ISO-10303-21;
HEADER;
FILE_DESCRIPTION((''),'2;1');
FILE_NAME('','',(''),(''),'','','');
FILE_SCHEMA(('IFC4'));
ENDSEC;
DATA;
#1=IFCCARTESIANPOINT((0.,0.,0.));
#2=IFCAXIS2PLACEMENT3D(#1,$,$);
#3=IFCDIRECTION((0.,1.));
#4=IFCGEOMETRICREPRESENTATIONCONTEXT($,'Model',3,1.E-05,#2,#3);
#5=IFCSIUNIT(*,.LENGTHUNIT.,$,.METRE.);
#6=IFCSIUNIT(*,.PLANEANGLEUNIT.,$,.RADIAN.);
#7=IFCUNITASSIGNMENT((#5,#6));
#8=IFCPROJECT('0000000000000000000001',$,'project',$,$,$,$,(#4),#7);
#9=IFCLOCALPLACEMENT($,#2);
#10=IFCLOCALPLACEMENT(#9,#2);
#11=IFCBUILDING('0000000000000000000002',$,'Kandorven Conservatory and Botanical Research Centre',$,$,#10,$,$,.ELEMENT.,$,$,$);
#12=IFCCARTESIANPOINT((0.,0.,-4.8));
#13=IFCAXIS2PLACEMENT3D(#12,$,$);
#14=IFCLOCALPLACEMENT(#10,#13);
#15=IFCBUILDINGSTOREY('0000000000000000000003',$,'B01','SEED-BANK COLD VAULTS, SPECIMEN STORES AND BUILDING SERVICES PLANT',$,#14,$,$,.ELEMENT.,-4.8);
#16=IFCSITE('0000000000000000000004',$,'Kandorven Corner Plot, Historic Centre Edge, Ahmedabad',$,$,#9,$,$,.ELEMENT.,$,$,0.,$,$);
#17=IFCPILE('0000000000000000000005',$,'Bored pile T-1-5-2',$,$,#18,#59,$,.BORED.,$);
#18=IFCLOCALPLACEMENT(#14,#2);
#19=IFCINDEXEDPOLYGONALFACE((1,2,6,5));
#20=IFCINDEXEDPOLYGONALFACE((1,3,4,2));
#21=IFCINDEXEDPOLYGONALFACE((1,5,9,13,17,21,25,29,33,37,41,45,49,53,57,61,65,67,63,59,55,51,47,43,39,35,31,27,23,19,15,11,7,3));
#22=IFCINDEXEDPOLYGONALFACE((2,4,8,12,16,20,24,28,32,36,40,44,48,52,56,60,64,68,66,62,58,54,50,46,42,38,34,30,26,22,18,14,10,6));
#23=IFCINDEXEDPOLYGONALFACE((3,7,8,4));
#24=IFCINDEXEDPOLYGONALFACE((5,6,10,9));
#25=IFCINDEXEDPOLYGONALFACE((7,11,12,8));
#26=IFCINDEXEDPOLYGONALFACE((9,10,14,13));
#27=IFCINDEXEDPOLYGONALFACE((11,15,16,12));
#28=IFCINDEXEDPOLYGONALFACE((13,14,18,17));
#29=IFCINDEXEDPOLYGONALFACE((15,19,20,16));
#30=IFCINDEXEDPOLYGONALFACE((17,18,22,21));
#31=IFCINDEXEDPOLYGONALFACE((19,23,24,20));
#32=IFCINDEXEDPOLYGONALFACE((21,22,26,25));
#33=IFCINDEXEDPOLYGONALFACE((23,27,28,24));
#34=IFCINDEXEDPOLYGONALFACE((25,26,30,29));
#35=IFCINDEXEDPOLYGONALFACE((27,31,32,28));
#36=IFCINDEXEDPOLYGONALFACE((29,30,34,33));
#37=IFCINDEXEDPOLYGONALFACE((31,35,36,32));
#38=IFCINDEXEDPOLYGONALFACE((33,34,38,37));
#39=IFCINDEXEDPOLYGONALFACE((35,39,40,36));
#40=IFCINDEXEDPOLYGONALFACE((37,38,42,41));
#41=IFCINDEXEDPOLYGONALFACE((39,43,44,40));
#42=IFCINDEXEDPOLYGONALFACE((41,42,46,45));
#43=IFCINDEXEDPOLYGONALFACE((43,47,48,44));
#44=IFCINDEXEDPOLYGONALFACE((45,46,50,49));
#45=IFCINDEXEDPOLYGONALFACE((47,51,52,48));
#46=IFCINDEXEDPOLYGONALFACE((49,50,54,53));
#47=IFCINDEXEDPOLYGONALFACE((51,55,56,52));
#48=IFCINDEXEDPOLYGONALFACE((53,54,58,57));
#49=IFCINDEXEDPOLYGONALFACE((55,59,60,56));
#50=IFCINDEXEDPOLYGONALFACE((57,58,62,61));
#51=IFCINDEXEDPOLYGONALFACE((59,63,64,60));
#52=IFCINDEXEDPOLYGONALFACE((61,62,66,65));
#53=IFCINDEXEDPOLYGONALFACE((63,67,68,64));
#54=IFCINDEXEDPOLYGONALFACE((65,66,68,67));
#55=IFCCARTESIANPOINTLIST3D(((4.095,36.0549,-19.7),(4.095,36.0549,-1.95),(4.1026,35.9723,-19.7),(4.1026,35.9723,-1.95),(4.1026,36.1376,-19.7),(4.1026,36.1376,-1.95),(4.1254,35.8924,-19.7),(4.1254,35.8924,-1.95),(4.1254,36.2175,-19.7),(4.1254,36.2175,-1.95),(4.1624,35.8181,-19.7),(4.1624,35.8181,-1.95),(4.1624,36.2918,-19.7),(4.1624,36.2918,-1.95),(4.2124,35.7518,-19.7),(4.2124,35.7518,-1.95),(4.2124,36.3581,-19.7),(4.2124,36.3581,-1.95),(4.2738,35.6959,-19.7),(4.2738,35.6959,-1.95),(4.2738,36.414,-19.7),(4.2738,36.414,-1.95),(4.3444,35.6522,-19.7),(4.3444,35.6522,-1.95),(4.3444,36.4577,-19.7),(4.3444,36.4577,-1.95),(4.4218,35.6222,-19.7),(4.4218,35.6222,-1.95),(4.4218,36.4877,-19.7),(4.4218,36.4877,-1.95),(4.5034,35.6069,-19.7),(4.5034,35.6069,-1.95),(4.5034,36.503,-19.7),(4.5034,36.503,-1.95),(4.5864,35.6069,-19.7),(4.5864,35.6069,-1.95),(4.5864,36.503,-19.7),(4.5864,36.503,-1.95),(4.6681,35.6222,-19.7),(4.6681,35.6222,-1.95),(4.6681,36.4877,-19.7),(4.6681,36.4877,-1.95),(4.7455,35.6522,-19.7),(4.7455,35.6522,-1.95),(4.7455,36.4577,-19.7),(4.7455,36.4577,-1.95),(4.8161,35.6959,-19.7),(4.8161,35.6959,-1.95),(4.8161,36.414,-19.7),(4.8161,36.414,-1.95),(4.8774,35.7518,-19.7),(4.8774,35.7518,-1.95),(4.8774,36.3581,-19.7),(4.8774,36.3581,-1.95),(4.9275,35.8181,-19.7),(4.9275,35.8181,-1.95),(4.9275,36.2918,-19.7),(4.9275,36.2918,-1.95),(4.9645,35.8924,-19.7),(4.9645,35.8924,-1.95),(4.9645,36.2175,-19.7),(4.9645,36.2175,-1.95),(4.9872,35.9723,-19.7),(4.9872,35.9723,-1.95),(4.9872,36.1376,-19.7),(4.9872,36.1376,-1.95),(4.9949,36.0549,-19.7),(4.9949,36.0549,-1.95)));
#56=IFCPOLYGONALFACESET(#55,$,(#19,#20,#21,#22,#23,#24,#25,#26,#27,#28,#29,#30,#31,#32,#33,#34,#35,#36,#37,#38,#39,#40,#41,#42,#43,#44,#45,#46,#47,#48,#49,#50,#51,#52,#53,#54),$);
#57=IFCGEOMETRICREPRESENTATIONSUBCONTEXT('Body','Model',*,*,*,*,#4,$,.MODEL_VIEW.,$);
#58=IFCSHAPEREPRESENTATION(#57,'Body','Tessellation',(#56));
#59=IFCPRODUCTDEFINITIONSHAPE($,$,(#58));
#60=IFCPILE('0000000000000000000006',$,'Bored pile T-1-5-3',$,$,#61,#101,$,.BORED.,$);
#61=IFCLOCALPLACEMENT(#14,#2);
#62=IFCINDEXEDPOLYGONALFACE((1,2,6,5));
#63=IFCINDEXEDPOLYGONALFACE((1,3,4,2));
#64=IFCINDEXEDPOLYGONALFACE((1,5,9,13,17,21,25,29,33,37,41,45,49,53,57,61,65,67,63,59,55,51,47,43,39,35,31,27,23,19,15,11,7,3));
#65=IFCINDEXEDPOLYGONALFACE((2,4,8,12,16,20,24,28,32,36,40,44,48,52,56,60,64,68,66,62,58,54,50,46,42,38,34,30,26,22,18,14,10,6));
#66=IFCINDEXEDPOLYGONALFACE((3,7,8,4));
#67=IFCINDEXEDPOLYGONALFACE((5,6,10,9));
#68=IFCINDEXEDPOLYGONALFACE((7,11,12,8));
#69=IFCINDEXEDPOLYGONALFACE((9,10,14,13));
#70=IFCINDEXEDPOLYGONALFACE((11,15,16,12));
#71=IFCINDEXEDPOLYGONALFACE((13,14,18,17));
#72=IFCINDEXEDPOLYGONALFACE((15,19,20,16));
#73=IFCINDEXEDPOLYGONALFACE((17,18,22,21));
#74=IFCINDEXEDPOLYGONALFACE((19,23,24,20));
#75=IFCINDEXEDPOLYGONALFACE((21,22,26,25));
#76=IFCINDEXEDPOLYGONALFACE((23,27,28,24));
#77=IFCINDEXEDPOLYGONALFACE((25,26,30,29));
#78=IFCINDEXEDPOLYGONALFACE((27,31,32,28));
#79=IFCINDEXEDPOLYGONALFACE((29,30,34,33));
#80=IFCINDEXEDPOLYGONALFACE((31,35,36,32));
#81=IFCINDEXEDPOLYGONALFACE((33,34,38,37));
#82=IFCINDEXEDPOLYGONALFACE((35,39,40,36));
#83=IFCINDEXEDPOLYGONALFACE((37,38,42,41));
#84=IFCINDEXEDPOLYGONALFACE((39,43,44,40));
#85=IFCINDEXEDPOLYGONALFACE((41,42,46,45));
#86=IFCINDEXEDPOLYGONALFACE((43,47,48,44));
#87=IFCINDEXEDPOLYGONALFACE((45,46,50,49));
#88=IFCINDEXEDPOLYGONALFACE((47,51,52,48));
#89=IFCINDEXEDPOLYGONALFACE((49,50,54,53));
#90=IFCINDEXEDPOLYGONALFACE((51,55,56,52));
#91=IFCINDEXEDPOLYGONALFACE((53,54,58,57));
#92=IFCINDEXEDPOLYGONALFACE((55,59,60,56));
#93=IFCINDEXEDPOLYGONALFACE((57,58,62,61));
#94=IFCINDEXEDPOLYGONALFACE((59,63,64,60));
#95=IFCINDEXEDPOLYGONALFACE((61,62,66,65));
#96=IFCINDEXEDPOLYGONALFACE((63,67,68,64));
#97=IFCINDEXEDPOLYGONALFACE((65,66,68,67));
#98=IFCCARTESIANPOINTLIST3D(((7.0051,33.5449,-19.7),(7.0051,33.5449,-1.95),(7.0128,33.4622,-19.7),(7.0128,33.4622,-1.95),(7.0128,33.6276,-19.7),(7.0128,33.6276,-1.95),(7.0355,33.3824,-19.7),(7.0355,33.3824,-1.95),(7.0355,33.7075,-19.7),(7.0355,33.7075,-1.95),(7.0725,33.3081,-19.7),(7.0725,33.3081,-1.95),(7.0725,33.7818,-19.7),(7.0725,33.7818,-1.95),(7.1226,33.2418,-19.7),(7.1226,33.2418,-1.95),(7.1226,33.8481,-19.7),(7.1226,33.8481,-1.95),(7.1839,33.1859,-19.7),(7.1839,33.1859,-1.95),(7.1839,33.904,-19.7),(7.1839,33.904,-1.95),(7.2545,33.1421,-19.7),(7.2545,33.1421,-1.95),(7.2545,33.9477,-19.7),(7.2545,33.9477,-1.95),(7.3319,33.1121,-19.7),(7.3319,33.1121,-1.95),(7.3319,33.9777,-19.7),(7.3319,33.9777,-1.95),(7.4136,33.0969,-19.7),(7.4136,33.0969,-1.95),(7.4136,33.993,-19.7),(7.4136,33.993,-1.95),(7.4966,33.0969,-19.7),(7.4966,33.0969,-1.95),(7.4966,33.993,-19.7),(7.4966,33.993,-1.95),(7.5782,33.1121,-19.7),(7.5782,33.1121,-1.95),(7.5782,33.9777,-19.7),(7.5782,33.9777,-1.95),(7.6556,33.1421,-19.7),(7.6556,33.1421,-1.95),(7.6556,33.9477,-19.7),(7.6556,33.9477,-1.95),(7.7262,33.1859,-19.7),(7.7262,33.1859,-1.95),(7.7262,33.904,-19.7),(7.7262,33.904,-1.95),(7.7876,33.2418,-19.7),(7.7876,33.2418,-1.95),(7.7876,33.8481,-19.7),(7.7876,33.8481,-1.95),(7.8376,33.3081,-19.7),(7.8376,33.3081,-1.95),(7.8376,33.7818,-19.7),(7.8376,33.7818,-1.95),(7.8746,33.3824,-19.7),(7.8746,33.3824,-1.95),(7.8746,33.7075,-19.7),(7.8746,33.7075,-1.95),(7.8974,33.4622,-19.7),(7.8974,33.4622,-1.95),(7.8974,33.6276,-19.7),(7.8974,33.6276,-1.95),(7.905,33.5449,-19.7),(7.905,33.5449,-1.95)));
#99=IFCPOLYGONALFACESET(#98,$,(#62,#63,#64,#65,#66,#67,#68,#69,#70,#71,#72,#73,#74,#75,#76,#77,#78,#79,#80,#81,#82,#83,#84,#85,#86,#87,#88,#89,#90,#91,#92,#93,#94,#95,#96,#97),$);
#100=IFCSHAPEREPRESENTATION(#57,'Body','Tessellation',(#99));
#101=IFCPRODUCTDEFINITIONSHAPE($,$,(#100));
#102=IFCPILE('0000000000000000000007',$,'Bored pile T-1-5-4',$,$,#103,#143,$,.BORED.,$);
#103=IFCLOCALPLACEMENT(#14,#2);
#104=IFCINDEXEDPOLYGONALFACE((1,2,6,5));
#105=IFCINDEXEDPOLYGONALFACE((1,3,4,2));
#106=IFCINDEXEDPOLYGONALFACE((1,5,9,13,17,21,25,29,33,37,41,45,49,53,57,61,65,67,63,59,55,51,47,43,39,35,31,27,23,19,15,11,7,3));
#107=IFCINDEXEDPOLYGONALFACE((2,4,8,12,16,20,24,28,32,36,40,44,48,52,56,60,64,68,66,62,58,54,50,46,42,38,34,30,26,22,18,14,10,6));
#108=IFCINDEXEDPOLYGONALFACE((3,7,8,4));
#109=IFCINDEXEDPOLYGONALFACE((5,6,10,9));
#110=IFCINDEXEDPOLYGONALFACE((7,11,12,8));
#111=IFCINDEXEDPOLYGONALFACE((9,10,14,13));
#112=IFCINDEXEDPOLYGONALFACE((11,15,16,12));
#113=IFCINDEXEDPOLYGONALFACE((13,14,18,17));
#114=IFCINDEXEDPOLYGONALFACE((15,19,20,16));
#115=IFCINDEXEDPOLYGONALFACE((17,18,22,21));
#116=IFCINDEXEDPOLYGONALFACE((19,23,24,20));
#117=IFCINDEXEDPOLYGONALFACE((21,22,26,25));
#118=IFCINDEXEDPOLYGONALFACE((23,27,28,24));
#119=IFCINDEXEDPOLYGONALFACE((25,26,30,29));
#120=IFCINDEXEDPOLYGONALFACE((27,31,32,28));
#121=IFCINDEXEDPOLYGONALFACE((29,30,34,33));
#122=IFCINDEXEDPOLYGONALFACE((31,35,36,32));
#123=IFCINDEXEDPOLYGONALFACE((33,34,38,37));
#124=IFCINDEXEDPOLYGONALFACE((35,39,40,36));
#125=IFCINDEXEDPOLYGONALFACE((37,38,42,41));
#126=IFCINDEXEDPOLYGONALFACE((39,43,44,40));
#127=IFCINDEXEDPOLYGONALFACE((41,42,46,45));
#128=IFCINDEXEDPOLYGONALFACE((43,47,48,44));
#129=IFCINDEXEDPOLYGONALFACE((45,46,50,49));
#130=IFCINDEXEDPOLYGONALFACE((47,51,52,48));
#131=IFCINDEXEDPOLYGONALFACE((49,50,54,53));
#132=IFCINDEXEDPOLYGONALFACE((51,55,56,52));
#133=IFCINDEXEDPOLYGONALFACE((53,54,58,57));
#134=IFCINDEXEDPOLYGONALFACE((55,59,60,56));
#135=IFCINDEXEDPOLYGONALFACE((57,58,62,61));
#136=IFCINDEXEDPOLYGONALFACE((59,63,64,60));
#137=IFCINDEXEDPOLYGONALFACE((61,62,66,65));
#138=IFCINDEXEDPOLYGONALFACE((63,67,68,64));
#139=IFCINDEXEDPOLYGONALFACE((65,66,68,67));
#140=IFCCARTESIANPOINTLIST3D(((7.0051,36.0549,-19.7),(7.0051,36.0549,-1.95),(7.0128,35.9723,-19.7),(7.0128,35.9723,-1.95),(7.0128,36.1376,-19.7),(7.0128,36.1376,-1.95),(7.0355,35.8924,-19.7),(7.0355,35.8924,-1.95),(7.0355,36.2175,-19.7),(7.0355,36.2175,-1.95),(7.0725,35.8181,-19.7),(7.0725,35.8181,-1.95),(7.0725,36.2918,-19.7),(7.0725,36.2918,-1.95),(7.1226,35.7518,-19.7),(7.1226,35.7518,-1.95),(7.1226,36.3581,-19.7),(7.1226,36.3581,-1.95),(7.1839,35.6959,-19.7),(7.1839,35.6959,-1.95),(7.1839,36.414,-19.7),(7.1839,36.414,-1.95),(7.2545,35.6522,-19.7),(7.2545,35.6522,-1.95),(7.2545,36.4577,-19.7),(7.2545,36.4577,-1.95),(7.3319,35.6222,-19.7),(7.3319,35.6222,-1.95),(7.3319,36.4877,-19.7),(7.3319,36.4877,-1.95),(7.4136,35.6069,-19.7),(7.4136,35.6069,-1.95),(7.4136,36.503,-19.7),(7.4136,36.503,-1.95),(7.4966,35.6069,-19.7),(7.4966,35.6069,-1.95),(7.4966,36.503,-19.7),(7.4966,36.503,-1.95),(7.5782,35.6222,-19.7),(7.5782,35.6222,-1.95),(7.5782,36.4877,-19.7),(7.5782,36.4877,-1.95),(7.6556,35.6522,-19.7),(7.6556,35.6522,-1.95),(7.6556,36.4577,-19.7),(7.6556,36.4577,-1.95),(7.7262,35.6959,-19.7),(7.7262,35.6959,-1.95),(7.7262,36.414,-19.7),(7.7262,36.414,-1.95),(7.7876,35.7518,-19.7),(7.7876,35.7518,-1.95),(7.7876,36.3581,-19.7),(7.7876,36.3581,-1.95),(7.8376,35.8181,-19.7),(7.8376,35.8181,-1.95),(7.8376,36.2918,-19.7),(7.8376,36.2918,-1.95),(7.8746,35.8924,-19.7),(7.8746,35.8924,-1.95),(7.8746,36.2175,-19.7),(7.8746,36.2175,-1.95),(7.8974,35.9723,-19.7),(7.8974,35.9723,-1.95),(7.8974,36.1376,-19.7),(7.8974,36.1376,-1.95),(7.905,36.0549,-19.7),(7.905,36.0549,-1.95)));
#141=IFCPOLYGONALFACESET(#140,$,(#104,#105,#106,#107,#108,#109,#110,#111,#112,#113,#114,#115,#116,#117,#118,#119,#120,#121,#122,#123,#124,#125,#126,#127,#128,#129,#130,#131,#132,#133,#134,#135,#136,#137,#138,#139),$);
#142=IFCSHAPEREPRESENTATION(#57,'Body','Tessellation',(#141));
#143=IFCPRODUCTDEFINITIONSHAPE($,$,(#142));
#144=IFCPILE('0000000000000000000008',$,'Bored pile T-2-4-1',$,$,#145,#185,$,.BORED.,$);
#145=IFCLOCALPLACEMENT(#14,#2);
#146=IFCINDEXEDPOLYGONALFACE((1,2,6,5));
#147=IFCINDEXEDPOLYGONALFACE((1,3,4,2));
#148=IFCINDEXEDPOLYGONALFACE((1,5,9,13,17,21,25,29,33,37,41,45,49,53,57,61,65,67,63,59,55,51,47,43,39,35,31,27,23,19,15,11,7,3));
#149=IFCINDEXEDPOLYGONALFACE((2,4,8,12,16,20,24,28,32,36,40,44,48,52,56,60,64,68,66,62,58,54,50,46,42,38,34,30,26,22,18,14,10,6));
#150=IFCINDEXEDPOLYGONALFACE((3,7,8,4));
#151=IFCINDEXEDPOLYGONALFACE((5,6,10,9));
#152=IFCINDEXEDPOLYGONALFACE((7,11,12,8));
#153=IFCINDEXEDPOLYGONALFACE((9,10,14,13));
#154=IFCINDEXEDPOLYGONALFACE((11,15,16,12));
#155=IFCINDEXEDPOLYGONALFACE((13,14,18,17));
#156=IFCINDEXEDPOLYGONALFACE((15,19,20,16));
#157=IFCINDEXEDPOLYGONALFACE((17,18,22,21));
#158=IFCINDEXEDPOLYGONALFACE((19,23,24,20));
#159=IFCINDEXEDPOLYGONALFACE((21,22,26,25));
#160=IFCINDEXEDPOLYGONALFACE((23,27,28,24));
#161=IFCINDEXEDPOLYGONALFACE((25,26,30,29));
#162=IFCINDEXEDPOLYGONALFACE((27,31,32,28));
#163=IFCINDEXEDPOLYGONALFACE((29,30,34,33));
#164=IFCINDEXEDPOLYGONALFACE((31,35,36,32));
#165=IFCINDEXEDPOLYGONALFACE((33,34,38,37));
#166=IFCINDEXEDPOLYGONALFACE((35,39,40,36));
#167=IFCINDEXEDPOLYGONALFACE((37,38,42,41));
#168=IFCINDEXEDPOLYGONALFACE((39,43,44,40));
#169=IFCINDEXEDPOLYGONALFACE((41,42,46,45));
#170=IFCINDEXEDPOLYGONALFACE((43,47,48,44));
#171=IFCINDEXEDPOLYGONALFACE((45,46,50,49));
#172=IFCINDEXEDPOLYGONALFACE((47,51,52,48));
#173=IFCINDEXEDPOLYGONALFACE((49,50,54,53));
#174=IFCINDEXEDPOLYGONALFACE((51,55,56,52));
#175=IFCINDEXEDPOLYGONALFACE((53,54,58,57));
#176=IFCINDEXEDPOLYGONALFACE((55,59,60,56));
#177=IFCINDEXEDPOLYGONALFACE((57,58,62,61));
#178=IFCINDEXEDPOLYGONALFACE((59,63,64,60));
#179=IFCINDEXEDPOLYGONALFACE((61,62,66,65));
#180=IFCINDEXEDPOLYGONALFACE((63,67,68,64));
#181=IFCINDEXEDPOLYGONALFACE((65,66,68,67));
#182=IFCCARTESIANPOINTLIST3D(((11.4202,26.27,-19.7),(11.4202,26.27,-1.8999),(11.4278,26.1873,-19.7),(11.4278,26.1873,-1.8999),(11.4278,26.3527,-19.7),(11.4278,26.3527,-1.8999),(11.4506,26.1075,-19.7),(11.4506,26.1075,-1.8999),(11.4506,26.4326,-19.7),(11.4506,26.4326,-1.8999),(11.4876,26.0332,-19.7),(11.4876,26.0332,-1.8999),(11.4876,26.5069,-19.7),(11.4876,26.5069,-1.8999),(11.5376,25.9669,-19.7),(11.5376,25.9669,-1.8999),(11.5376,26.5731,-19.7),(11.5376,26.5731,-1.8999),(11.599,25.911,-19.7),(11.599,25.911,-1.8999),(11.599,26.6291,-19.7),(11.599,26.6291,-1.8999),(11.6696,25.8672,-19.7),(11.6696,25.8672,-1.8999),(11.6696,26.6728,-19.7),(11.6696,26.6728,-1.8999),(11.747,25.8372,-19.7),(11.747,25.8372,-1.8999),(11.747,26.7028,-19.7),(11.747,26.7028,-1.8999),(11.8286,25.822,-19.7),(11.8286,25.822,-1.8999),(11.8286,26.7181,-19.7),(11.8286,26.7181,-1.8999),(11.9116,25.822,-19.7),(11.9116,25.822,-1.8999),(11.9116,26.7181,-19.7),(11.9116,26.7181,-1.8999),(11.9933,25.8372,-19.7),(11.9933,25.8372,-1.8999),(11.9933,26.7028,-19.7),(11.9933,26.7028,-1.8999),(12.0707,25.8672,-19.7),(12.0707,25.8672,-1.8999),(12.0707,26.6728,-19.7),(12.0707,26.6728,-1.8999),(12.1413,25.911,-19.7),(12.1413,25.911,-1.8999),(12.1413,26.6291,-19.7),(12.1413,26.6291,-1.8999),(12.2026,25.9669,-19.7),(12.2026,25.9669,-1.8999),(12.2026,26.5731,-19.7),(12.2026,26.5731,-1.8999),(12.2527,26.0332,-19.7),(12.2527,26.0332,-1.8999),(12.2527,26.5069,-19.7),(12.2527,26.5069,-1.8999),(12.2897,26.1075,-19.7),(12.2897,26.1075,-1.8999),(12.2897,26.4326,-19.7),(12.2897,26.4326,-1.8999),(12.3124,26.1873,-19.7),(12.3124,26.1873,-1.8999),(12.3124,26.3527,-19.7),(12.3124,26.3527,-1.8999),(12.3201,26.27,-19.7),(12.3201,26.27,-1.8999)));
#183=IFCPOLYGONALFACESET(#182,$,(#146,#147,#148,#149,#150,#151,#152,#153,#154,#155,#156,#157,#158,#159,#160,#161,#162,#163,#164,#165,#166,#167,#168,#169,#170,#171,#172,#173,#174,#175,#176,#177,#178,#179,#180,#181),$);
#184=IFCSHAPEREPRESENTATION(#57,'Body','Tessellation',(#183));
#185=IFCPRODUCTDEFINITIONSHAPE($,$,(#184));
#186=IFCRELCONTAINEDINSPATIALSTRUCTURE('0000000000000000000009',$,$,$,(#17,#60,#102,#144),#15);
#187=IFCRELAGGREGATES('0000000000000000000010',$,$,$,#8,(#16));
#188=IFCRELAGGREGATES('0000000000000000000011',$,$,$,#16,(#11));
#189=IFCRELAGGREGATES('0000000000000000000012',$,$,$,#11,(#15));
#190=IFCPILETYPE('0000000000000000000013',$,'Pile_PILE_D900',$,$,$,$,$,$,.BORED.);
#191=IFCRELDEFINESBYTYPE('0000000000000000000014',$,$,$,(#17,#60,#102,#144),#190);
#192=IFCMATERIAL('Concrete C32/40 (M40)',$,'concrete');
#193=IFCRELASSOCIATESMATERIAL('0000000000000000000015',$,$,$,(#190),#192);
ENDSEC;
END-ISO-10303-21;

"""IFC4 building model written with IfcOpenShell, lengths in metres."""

from ifc_helpers import new_model, si_unit, direction, frame, origin, origin_2d, place, context, subcontext, project, spatial, circle, extrude, material, material_profile, profile_set, type_object, element, save


model = new_model("IFC4")

# Units and contexts
model_context = context("Model", 3, precision=1e-05, world=origin(), true_north=direction((0.0, 1.0)))
body_context = subcontext(model_context, "Body", "Model", "MODEL_VIEW")
ifc_project = project(units=[si_unit("LENGTHUNIT", "METRE"), si_unit("PLANEANGLEUNIT", "RADIAN")], contexts=[model_context])

# Site, building, storey
site_placement = place(None, origin())
site = spatial("IfcSite", under=ifc_project, at=site_placement, Name="Kandorven Corner Plot, Historic Centre Edge, Ahmedabad", CompositionType="ELEMENT", RefElevation=0.0)
building_placement = place(site_placement, origin())
building = spatial("IfcBuilding", under=site, at=building_placement, Name="Kandorven Conservatory and Botanical Research Centre", CompositionType="ELEMENT")
storey_placement = place(building_placement, frame((0.0, 0.0, -4.8)))
storey = spatial("IfcBuildingStorey", under=building, at=storey_placement, Name="B01", Description="SEED-BANK COLD VAULTS, SPECIMEN STORES AND BUILDING SERVICES PLANT", CompositionType="ELEMENT", Elevation=-4.8)

# Piles
ifc_material_1 = material(Name="Concrete C32/40 (M40)", Category="concrete")
ifc_material_profile_1 = material_profile(ifc_material_1, circle(Radius=0.45, at=origin_2d()))
ifc_profile_set_1 = profile_set([ifc_material_profile_1], Name="Concrete C32/40 (M40)")
pile_type = type_object("IfcPileType", Name="Pile_PILE_D900", PredefinedType="BORED", material=ifc_profile_set_1)
for number, where, z_axis, x_axis, name in (
    (1, (4.5449, 36.0549, -1.95), (0.0, 0.0, -1.0), (1.0, 0.0, 0.0), "Bored pile T-1-5-2"),
    (2, (7.4551, 33.5449, -1.95), (0.0, 0.0, -1.0), (1.0, 0.0, 0.0), "Bored pile T-1-5-3"),
    (3, (7.4551, 36.0549, -1.95), (0.0, 0.0, -1.0), (1.0, 0.0, 0.0), "Bored pile T-1-5-4"),
):
    element("IfcPile", number, at=place(storey_placement, frame(where, z_axis=z_axis, x_axis=x_axis)), inside=storey, type_object=pile_type, Name=name, PredefinedType="BORED", context=body_context, shape_type="SweptSolid", body=[
        extrude(circle(Radius=0.45, at=origin_2d()), origin(), (0.0, 0.0, 1.0), 17.75),
    ])
for number, where, z_axis, x_axis, name in (
    (4, (11.8701, 26.27, -1.8999), (0.0, 0.0, -1.0), (1.0, 0.0, 0.0), "Bored pile T-2-4-1"),
):
    element("IfcPile", number, at=place(storey_placement, frame(where, z_axis=z_axis, x_axis=x_axis)), inside=storey, type_object=pile_type, Name=name, PredefinedType="BORED", context=body_context, shape_type="SweptSolid", body=[
        extrude(circle(Radius=0.45, at=origin_2d()), origin(), (0.0, 0.0, 1.0), 17.8),
    ])

save(model, "model.ifc")
